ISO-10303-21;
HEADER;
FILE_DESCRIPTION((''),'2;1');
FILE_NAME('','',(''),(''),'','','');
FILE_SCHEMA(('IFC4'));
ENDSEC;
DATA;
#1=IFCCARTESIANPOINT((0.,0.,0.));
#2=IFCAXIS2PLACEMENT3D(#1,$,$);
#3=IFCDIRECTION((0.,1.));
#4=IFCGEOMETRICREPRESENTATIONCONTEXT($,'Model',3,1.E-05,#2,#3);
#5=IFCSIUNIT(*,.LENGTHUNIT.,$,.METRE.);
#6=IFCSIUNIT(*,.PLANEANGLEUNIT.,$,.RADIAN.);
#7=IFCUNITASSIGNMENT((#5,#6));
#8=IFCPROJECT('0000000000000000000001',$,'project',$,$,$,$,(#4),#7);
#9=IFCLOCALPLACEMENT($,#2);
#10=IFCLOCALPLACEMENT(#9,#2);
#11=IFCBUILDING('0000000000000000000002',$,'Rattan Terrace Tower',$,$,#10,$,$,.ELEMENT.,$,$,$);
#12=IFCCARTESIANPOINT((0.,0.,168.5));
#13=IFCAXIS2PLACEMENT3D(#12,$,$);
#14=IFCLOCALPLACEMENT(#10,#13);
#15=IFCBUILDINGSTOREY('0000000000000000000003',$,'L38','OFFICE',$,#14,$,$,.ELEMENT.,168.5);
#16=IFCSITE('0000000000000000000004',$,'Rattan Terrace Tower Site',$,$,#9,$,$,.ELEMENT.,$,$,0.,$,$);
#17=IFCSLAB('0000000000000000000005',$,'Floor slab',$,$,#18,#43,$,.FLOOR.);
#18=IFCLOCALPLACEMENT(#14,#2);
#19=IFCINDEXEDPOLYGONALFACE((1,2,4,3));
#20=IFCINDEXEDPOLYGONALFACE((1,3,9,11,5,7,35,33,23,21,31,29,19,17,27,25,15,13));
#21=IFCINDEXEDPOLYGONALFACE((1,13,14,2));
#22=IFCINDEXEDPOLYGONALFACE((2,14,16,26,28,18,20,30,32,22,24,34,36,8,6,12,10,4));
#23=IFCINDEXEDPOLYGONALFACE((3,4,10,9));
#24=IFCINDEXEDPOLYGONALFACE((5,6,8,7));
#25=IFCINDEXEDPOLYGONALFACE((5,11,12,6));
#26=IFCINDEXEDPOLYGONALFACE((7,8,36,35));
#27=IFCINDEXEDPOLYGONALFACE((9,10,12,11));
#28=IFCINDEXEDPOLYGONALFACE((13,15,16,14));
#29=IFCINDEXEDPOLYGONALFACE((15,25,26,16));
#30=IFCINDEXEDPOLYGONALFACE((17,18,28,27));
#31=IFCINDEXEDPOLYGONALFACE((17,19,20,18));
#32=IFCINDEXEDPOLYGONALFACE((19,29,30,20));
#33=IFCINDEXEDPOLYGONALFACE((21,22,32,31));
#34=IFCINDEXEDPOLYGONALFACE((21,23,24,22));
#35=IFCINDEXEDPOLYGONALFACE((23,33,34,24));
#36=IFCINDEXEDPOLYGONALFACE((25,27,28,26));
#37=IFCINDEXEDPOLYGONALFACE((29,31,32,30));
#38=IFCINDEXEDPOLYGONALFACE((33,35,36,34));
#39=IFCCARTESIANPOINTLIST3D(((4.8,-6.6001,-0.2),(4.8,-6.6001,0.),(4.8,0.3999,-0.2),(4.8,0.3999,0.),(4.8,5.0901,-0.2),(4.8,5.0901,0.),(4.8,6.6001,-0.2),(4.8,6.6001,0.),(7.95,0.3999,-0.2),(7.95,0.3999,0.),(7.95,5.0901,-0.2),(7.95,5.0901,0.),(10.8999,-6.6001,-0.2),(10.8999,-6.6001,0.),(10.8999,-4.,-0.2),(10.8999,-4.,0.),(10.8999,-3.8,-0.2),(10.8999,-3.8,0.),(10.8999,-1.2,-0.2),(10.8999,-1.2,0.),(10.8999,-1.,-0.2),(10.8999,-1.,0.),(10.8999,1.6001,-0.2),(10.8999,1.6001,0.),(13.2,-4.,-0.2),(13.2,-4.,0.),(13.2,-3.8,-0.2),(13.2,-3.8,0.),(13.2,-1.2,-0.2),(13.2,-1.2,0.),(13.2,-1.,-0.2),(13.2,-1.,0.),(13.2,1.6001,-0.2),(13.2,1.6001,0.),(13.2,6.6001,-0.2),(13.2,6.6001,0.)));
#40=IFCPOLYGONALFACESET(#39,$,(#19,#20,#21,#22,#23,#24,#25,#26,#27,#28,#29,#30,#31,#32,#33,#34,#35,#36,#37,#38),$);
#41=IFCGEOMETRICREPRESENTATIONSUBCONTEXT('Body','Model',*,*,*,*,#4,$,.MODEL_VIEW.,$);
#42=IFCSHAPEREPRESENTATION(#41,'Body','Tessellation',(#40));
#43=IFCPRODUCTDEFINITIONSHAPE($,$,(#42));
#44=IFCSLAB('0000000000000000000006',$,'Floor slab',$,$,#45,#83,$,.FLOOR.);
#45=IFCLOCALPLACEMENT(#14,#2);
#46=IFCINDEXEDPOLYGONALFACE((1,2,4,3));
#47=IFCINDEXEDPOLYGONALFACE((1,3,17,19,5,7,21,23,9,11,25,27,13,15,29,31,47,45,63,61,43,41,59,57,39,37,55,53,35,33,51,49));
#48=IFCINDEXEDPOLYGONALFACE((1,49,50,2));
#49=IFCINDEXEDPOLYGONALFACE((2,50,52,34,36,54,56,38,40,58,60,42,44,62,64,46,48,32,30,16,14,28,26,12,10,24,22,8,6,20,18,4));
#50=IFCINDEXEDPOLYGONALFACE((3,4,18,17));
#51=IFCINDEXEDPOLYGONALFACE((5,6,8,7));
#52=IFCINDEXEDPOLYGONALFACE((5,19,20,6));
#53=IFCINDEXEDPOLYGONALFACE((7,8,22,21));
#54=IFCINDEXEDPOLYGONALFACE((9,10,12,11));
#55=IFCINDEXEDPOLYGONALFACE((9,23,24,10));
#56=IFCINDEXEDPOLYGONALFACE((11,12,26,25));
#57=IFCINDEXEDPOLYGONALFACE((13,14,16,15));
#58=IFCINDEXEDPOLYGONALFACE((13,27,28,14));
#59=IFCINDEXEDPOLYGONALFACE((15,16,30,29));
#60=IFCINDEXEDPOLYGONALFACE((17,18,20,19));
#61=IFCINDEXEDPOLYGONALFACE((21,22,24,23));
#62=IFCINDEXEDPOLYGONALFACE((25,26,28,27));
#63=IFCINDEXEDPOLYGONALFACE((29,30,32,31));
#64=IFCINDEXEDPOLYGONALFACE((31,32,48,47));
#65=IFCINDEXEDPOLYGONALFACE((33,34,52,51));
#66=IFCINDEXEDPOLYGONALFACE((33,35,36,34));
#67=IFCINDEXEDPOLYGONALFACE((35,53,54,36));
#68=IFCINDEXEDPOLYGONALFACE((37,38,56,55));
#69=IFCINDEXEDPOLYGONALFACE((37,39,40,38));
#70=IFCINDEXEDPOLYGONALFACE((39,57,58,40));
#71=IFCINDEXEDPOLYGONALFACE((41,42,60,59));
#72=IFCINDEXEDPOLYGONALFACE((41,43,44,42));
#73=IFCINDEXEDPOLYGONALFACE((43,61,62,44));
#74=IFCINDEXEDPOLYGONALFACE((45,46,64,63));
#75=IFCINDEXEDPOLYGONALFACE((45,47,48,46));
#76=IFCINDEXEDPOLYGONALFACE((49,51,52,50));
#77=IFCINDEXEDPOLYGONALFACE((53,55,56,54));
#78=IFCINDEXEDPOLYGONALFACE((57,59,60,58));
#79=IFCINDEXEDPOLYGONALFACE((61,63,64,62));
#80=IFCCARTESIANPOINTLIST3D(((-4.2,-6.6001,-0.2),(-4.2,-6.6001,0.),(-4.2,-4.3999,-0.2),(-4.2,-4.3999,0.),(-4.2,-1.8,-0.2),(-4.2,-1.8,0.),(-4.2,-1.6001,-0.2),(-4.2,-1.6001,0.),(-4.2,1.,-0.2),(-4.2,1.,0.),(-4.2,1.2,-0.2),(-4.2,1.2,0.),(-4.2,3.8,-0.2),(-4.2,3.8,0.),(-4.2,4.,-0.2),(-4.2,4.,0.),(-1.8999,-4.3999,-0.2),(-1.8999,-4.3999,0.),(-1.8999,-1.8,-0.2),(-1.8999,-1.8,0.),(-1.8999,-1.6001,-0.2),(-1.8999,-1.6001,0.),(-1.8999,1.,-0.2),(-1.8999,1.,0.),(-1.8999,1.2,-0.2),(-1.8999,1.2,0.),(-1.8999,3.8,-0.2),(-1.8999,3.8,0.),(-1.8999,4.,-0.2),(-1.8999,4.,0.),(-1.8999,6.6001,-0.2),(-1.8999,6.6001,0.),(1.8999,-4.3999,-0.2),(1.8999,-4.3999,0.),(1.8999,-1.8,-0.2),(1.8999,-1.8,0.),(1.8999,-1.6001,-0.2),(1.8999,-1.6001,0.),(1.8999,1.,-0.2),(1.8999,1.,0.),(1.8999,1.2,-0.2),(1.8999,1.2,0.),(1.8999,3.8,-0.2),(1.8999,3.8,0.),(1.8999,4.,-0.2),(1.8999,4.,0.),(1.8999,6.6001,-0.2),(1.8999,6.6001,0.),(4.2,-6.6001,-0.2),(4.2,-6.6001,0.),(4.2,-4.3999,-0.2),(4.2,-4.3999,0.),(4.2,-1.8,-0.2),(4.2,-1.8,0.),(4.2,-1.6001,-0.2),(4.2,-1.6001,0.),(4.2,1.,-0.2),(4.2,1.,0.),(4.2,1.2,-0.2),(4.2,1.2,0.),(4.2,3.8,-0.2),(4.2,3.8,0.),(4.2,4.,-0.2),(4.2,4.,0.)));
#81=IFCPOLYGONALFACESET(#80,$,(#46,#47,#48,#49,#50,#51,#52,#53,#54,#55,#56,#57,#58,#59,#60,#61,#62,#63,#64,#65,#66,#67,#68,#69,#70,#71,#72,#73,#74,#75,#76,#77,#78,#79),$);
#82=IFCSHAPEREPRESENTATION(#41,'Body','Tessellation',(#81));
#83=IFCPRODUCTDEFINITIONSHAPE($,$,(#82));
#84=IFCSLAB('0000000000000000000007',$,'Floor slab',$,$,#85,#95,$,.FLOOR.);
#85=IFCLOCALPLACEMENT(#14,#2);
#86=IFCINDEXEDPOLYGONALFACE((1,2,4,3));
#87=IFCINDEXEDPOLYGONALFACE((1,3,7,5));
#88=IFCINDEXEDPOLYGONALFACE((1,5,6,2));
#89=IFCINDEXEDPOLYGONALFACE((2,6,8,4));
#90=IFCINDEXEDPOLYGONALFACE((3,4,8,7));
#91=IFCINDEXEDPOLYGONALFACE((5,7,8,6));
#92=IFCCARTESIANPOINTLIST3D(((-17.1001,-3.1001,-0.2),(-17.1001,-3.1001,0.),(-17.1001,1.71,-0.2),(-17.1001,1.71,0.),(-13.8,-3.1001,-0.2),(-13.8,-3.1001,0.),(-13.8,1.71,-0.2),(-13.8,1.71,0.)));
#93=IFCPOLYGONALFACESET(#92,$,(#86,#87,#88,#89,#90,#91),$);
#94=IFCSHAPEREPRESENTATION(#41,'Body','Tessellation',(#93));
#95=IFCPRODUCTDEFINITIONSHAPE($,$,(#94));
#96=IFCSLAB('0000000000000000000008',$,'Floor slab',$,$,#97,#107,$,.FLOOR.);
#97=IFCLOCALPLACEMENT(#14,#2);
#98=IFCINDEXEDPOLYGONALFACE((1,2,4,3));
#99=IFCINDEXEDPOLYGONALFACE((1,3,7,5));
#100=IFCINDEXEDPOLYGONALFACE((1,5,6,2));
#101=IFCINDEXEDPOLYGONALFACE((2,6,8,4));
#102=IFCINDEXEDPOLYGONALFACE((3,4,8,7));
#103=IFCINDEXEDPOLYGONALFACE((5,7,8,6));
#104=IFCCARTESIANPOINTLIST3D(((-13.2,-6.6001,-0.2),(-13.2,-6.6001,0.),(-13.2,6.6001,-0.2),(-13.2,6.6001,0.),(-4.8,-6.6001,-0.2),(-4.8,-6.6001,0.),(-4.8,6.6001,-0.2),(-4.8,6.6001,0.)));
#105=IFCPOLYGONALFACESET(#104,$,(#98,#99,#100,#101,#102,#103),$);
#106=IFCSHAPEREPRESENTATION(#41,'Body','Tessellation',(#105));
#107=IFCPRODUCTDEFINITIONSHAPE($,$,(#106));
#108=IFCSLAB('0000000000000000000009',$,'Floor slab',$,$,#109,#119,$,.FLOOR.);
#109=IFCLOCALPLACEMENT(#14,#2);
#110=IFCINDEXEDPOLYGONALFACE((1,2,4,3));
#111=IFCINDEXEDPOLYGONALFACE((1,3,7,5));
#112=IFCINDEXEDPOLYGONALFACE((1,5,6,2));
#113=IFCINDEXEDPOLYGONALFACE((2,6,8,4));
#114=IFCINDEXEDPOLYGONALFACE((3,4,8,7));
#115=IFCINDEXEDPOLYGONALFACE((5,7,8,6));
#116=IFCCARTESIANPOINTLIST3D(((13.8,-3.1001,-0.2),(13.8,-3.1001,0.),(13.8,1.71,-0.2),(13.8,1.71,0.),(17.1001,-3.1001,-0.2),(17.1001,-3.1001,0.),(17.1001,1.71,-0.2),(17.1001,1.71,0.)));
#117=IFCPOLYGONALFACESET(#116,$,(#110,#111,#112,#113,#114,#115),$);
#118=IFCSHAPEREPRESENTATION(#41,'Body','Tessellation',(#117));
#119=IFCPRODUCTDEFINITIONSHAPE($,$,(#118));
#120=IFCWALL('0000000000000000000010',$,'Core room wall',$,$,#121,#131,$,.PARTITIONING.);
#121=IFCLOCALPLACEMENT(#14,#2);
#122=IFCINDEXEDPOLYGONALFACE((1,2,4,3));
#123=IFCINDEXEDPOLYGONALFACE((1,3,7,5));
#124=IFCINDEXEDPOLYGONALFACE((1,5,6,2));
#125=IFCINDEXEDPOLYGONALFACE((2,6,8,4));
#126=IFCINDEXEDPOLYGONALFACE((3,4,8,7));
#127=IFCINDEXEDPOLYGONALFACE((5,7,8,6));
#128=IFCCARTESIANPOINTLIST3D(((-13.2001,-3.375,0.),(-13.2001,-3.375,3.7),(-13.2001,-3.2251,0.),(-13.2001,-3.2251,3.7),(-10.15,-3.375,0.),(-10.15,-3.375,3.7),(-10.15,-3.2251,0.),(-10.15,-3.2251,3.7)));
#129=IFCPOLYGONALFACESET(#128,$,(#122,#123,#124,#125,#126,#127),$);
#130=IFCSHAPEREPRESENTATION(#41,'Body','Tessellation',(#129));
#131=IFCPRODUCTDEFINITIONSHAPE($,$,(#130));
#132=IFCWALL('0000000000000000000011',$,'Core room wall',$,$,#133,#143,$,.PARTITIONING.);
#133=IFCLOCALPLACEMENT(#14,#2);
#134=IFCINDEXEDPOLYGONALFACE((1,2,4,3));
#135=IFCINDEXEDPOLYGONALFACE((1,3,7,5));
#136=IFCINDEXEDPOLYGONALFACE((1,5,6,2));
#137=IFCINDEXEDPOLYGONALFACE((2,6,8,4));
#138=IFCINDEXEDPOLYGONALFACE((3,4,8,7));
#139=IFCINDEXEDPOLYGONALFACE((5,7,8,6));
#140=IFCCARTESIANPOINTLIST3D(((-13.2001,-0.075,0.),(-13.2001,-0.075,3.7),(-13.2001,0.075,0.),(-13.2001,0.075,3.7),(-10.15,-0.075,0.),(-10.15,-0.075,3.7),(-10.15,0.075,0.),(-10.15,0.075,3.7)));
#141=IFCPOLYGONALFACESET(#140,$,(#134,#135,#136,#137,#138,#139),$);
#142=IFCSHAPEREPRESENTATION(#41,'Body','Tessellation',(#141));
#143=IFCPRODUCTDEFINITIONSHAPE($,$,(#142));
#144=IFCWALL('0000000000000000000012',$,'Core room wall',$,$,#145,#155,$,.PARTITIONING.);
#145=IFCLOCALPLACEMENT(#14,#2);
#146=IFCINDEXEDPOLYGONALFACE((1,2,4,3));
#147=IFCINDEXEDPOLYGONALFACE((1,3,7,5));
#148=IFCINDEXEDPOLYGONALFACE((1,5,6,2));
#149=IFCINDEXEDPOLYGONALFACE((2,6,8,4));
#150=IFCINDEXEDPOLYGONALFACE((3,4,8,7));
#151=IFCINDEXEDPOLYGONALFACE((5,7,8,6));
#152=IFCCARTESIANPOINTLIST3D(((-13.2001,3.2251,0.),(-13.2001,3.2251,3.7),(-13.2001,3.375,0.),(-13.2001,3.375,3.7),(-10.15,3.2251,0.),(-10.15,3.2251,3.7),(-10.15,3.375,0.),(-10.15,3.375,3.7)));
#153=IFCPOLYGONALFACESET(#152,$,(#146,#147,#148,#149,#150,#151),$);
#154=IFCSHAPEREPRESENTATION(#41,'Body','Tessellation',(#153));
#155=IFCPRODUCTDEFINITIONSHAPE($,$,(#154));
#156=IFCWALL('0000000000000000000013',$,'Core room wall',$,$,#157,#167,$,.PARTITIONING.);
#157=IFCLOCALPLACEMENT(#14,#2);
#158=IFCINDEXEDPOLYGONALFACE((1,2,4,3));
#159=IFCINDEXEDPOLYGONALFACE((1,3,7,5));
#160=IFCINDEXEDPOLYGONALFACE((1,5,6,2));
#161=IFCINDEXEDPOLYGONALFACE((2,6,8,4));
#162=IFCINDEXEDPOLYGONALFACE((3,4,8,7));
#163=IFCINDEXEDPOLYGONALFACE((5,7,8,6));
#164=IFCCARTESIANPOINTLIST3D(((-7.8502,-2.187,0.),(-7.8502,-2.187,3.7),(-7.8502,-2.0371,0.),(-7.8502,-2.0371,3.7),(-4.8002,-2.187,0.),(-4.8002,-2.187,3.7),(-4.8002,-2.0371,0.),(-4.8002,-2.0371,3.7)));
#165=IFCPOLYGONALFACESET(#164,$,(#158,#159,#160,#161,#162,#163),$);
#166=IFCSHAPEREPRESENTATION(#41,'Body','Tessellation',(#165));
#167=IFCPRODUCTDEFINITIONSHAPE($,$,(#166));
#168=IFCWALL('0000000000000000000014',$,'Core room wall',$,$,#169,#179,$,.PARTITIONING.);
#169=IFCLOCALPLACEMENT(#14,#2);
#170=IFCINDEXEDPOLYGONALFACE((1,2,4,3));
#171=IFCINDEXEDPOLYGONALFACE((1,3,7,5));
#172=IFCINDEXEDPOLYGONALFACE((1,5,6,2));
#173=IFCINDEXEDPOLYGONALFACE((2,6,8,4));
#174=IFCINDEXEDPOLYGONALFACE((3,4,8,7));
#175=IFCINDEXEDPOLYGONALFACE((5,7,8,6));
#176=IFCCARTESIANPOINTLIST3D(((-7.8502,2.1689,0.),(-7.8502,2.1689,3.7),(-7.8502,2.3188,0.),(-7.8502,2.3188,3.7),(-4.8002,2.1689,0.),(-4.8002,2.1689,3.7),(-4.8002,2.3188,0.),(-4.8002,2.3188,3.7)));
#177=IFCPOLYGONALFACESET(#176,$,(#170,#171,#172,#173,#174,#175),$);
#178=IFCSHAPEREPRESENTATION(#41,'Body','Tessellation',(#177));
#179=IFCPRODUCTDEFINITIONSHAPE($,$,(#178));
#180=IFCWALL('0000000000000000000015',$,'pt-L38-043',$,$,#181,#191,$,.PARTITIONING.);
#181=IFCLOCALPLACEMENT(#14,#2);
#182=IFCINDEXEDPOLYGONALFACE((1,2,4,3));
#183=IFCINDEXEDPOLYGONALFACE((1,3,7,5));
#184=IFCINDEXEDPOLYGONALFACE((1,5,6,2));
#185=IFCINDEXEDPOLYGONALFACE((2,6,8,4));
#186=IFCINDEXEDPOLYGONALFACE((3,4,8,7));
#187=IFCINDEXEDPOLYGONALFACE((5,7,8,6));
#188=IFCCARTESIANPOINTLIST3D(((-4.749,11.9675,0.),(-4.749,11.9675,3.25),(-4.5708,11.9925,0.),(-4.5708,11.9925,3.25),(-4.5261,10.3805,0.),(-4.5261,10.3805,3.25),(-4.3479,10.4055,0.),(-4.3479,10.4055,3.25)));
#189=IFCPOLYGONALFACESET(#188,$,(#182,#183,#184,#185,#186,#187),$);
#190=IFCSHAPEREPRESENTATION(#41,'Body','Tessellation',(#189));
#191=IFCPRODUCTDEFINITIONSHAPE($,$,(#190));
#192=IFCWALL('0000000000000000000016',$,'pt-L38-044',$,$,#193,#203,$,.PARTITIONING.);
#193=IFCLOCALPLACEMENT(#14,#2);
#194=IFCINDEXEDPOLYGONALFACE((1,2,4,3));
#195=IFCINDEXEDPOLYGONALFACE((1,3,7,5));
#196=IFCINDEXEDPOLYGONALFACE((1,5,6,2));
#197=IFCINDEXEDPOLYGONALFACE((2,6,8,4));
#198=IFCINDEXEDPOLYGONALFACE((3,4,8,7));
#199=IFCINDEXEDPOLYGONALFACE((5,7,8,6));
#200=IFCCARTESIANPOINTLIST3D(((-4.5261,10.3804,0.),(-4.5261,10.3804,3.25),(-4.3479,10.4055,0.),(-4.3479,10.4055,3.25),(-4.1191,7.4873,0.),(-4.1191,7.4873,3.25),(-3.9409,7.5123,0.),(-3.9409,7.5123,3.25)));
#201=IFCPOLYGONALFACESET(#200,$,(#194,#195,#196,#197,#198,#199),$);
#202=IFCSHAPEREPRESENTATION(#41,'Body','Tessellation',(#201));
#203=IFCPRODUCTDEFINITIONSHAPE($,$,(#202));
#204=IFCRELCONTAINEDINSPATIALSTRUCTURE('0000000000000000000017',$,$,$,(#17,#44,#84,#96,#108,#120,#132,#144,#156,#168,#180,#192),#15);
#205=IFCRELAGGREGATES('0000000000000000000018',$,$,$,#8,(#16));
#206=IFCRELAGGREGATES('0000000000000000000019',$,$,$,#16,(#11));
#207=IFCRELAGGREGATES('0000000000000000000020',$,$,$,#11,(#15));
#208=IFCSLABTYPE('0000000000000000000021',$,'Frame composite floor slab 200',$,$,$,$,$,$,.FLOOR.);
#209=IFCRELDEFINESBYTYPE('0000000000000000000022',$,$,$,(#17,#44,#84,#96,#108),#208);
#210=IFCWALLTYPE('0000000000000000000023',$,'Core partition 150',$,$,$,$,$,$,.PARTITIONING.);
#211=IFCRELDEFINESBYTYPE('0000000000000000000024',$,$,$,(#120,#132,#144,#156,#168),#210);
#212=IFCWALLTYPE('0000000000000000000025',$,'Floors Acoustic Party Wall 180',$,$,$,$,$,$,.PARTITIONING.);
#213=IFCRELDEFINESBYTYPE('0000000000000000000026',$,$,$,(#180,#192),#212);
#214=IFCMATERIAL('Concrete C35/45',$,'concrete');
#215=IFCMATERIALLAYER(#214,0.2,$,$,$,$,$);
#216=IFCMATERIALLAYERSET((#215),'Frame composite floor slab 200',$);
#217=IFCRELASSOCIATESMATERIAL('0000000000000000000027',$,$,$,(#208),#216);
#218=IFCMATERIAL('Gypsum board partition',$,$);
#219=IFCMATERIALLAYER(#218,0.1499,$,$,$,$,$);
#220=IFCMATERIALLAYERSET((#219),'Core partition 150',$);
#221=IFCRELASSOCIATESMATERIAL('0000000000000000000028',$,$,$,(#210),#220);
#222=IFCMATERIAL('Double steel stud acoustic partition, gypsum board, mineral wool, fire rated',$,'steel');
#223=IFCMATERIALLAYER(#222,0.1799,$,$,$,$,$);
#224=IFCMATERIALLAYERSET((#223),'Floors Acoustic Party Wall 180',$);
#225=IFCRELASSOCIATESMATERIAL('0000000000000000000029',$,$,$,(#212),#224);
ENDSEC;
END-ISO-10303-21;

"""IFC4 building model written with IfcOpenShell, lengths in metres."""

from ifc_helpers import new_model, si_unit, direction, frame, frame_2d, origin, place, context, subcontext, project, spatial, polyline, rectangle, outline, extrude, material, layer, layer_set, type_object, element, save


model = new_model("IFC4")

# Units and contexts
model_context = context("Model", 3, precision=1e-05, world=origin(), true_north=direction((0.0, 1.0)))
body_context = subcontext(model_context, "Body", "Model", "MODEL_VIEW")
ifc_project = project(units=[si_unit("LENGTHUNIT", "METRE"), si_unit("PLANEANGLEUNIT", "RADIAN")], contexts=[model_context])

# Site, building, storey
site_placement = place(None, origin())
site = spatial("IfcSite", under=ifc_project, at=site_placement, Name="Rattan Terrace Tower Site", CompositionType="ELEMENT", RefElevation=0.0)
building_placement = place(site_placement, origin())
building = spatial("IfcBuilding", under=site, at=building_placement, Name="Rattan Terrace Tower", CompositionType="ELEMENT")
storey_placement = place(building_placement, frame((0.0, 0.0, 168.5)))
storey = spatial("IfcBuildingStorey", under=building, at=storey_placement, Name="L38", Description="OFFICE", CompositionType="ELEMENT", Elevation=168.5)

# Slabs
ifc_material_1 = material(Name="Concrete C35/45", Category="concrete")
ifc_layer_1 = layer(ifc_material_1, 0.2)
ifc_layer_set_1 = layer_set([ifc_layer_1], Name="Frame composite floor slab 200")
slab_type = type_object("IfcSlabType", Name="Frame composite floor slab 200", PredefinedType="FLOOR", material=ifc_layer_set_1)
slab_1_placement = place(storey_placement, frame((0.0, 0.0, -0.2)))
element("IfcSlab", 1, at=slab_1_placement, inside=storey, type_object=slab_type, Name="Floor slab", PredefinedType="FLOOR", context=body_context, shape_type="SweptSolid", body=[
    extrude(outline(polyline([(13.2, 6.6001), (4.8, 6.6001), (4.8, 5.0901), (7.95, 5.0901), (7.95, 0.3999), (4.8, 0.3999), (4.8, -6.6001), (10.8999, -6.6001), (10.8999, -4.0), (13.2, -4.0), (13.2, -3.8), (10.8999, -3.8), (10.8999, -1.2), (13.2, -1.2), (13.2, -1.0), (10.8999, -1.0), (10.8999, 1.6001), (13.2, 1.6001), (13.2, 6.6001)])), origin(), (0.0, 0.0, 1.0), 0.2),
])
slab_2_placement = place(storey_placement, frame((0.0, 0.0, -0.2)))
element("IfcSlab", 2, at=slab_2_placement, inside=storey, type_object=slab_type, Name="Floor slab", PredefinedType="FLOOR", context=body_context, shape_type="SweptSolid", body=[
    extrude(outline(polyline([(1.8999, 6.6001), (-1.8999, 6.6001), (-1.8999, 4.0), (-4.2, 4.0), (-4.2, 3.8), (-1.8999, 3.8), (-1.8999, 1.2), (-4.2, 1.2), (-4.2, 1.0), (-1.8999, 1.0), (-1.8999, -1.6001), (-4.2, -1.6001), (-4.2, -1.8), (-1.8999, -1.8), (-1.8999, -4.3999), (-4.2, -4.3999), (-4.2, -6.6001), (4.2, -6.6001), (4.2, -4.3999), (1.8999, -4.3999), (1.8999, -1.8), (4.2, -1.8), (4.2, -1.6001), (1.8999, -1.6001), (1.8999, 1.0), (4.2, 1.0), (4.2, 1.2), (1.8999, 1.2), (1.8999, 3.8), (4.2, 3.8), (4.2, 4.0), (1.8999, 4.0), (1.8999, 6.6001)])), origin(), (0.0, 0.0, 1.0), 0.2),
])
slab_3_placement = place(storey_placement, frame((0.0, 0.0, -0.2)))
element("IfcSlab", 3, at=slab_3_placement, inside=storey, type_object=slab_type, Name="Floor slab", PredefinedType="FLOOR", context=body_context, shape_type="SweptSolid", body=[
    extrude(outline(polyline([(-17.1001, -3.1001), (-13.8, -3.1001), (-13.8, 1.71), (-17.1001, 1.71), (-17.1001, -3.1001)])), origin(), (0.0, 0.0, 1.0), 0.2),
])
slab_4_placement = place(storey_placement, frame((0.0, 0.0, -0.2)))
element("IfcSlab", 4, at=slab_4_placement, inside=storey, type_object=slab_type, Name="Floor slab", PredefinedType="FLOOR", context=body_context, shape_type="SweptSolid", body=[
    extrude(outline(polyline([(-4.8, -6.6001), (-4.8, 6.6001), (-13.2, 6.6001), (-13.2, -6.6001), (-4.8, -6.6001)])), origin(), (0.0, 0.0, 1.0), 0.2),
])
slab_5_placement = place(storey_placement, frame((0.0, 0.0, -0.2)))
element("IfcSlab", 5, at=slab_5_placement, inside=storey, type_object=slab_type, Name="Floor slab", PredefinedType="FLOOR", context=body_context, shape_type="SweptSolid", body=[
    extrude(outline(polyline([(13.8, -3.1001), (17.1001, -3.1001), (17.1001, 1.71), (13.8, 1.71), (13.8, -3.1001)])), origin(), (0.0, 0.0, 1.0), 0.2),
])

# Walls
ifc_material_2 = material(Name="Gypsum board partition")
ifc_layer_2 = layer(ifc_material_2, 0.1499)
ifc_layer_set_2 = layer_set([ifc_layer_2], Name="Core partition 150")
wall_type_1 = type_object("IfcWallType", Name="Core partition 150", PredefinedType="PARTITIONING", material=ifc_layer_set_2)
for number, where, z_axis, x_axis, name in (
    (6, (-13.2, -3.3, 0.0), (0.0, 0.0, 1.0), (1.0, 0.0, 0.0), "Core room wall"),
    (7, (-13.2, 0.0, 0.0), (0.0, 0.0, 1.0), (1.0, 0.0, 0.0), "Core room wall"),
    (8, (-13.2, 3.3, 0.0), (0.0, 0.0, 1.0), (1.0, 0.0, 0.0), "Core room wall"),
    (9, (-7.8501, -2.1121, 0.0), (0.0, 0.0, 1.0), (1.0, 0.0, 0.0), "Core room wall"),
    (10, (-7.8501, 2.2439, 0.0), (0.0, 0.0, 1.0), (1.0, 0.0, 0.0), "Core room wall"),
):
    element("IfcWall", number, at=place(storey_placement, frame(where, z_axis=z_axis, x_axis=x_axis)), inside=storey, type_object=wall_type_1, Name=name, PredefinedType="PARTITIONING", context=body_context, shape_type="SweptSolid", body=[
        extrude(rectangle(XDim=3.05, YDim=0.1499, at=frame_2d((1.5249, 0.0))), origin(), (0.0, 0.0, 1.0), 3.7),
    ])
ifc_material_3 = material(Name="Double steel stud acoustic partition, gypsum board, mineral wool, fire rated", Category="steel")
ifc_layer_3 = layer(ifc_material_3, 0.1799)
ifc_layer_set_3 = layer_set([ifc_layer_3], Name="Floors Acoustic Party Wall 180")
wall_type_2 = type_object("IfcWallType", Name="Floors Acoustic Party Wall 180", PredefinedType="PARTITIONING", material=ifc_layer_set_3)
wall_1_placement = place(storey_placement, frame((-4.6599, 11.98, 0.0), z_axis=(0.0, 0.0, 1.0), x_axis=(0.139096, -0.990279, 0.0)))
element("IfcWall", 11, at=wall_1_placement, inside=storey, type_object=wall_type_2, Name="pt-L38-043", PredefinedType="PARTITIONING", context=body_context, shape_type="SweptSolid", body=[
    extrude(rectangle(XDim=1.6025, YDim=0.1799, at=frame_2d((0.8013, 0.0))), origin(), (0.0, 0.0, 1.0), 3.25),
])
wall_2_placement = place(storey_placement, frame((-4.437, 10.3931, 0.0), z_axis=(0.0, 0.0, 1.0), x_axis=(0.139303, -0.99025, 0.0)))
element("IfcWall", 12, at=wall_2_placement, inside=storey, type_object=wall_type_2, Name="pt-L38-044", PredefinedType="PARTITIONING", context=body_context, shape_type="SweptSolid", body=[
    extrude(rectangle(XDim=2.9216, YDim=0.1799, at=frame_2d((1.4609, 0.0))), origin(), (0.0, 0.0, 1.0), 3.25),
])

save(model, "model.ifc")
